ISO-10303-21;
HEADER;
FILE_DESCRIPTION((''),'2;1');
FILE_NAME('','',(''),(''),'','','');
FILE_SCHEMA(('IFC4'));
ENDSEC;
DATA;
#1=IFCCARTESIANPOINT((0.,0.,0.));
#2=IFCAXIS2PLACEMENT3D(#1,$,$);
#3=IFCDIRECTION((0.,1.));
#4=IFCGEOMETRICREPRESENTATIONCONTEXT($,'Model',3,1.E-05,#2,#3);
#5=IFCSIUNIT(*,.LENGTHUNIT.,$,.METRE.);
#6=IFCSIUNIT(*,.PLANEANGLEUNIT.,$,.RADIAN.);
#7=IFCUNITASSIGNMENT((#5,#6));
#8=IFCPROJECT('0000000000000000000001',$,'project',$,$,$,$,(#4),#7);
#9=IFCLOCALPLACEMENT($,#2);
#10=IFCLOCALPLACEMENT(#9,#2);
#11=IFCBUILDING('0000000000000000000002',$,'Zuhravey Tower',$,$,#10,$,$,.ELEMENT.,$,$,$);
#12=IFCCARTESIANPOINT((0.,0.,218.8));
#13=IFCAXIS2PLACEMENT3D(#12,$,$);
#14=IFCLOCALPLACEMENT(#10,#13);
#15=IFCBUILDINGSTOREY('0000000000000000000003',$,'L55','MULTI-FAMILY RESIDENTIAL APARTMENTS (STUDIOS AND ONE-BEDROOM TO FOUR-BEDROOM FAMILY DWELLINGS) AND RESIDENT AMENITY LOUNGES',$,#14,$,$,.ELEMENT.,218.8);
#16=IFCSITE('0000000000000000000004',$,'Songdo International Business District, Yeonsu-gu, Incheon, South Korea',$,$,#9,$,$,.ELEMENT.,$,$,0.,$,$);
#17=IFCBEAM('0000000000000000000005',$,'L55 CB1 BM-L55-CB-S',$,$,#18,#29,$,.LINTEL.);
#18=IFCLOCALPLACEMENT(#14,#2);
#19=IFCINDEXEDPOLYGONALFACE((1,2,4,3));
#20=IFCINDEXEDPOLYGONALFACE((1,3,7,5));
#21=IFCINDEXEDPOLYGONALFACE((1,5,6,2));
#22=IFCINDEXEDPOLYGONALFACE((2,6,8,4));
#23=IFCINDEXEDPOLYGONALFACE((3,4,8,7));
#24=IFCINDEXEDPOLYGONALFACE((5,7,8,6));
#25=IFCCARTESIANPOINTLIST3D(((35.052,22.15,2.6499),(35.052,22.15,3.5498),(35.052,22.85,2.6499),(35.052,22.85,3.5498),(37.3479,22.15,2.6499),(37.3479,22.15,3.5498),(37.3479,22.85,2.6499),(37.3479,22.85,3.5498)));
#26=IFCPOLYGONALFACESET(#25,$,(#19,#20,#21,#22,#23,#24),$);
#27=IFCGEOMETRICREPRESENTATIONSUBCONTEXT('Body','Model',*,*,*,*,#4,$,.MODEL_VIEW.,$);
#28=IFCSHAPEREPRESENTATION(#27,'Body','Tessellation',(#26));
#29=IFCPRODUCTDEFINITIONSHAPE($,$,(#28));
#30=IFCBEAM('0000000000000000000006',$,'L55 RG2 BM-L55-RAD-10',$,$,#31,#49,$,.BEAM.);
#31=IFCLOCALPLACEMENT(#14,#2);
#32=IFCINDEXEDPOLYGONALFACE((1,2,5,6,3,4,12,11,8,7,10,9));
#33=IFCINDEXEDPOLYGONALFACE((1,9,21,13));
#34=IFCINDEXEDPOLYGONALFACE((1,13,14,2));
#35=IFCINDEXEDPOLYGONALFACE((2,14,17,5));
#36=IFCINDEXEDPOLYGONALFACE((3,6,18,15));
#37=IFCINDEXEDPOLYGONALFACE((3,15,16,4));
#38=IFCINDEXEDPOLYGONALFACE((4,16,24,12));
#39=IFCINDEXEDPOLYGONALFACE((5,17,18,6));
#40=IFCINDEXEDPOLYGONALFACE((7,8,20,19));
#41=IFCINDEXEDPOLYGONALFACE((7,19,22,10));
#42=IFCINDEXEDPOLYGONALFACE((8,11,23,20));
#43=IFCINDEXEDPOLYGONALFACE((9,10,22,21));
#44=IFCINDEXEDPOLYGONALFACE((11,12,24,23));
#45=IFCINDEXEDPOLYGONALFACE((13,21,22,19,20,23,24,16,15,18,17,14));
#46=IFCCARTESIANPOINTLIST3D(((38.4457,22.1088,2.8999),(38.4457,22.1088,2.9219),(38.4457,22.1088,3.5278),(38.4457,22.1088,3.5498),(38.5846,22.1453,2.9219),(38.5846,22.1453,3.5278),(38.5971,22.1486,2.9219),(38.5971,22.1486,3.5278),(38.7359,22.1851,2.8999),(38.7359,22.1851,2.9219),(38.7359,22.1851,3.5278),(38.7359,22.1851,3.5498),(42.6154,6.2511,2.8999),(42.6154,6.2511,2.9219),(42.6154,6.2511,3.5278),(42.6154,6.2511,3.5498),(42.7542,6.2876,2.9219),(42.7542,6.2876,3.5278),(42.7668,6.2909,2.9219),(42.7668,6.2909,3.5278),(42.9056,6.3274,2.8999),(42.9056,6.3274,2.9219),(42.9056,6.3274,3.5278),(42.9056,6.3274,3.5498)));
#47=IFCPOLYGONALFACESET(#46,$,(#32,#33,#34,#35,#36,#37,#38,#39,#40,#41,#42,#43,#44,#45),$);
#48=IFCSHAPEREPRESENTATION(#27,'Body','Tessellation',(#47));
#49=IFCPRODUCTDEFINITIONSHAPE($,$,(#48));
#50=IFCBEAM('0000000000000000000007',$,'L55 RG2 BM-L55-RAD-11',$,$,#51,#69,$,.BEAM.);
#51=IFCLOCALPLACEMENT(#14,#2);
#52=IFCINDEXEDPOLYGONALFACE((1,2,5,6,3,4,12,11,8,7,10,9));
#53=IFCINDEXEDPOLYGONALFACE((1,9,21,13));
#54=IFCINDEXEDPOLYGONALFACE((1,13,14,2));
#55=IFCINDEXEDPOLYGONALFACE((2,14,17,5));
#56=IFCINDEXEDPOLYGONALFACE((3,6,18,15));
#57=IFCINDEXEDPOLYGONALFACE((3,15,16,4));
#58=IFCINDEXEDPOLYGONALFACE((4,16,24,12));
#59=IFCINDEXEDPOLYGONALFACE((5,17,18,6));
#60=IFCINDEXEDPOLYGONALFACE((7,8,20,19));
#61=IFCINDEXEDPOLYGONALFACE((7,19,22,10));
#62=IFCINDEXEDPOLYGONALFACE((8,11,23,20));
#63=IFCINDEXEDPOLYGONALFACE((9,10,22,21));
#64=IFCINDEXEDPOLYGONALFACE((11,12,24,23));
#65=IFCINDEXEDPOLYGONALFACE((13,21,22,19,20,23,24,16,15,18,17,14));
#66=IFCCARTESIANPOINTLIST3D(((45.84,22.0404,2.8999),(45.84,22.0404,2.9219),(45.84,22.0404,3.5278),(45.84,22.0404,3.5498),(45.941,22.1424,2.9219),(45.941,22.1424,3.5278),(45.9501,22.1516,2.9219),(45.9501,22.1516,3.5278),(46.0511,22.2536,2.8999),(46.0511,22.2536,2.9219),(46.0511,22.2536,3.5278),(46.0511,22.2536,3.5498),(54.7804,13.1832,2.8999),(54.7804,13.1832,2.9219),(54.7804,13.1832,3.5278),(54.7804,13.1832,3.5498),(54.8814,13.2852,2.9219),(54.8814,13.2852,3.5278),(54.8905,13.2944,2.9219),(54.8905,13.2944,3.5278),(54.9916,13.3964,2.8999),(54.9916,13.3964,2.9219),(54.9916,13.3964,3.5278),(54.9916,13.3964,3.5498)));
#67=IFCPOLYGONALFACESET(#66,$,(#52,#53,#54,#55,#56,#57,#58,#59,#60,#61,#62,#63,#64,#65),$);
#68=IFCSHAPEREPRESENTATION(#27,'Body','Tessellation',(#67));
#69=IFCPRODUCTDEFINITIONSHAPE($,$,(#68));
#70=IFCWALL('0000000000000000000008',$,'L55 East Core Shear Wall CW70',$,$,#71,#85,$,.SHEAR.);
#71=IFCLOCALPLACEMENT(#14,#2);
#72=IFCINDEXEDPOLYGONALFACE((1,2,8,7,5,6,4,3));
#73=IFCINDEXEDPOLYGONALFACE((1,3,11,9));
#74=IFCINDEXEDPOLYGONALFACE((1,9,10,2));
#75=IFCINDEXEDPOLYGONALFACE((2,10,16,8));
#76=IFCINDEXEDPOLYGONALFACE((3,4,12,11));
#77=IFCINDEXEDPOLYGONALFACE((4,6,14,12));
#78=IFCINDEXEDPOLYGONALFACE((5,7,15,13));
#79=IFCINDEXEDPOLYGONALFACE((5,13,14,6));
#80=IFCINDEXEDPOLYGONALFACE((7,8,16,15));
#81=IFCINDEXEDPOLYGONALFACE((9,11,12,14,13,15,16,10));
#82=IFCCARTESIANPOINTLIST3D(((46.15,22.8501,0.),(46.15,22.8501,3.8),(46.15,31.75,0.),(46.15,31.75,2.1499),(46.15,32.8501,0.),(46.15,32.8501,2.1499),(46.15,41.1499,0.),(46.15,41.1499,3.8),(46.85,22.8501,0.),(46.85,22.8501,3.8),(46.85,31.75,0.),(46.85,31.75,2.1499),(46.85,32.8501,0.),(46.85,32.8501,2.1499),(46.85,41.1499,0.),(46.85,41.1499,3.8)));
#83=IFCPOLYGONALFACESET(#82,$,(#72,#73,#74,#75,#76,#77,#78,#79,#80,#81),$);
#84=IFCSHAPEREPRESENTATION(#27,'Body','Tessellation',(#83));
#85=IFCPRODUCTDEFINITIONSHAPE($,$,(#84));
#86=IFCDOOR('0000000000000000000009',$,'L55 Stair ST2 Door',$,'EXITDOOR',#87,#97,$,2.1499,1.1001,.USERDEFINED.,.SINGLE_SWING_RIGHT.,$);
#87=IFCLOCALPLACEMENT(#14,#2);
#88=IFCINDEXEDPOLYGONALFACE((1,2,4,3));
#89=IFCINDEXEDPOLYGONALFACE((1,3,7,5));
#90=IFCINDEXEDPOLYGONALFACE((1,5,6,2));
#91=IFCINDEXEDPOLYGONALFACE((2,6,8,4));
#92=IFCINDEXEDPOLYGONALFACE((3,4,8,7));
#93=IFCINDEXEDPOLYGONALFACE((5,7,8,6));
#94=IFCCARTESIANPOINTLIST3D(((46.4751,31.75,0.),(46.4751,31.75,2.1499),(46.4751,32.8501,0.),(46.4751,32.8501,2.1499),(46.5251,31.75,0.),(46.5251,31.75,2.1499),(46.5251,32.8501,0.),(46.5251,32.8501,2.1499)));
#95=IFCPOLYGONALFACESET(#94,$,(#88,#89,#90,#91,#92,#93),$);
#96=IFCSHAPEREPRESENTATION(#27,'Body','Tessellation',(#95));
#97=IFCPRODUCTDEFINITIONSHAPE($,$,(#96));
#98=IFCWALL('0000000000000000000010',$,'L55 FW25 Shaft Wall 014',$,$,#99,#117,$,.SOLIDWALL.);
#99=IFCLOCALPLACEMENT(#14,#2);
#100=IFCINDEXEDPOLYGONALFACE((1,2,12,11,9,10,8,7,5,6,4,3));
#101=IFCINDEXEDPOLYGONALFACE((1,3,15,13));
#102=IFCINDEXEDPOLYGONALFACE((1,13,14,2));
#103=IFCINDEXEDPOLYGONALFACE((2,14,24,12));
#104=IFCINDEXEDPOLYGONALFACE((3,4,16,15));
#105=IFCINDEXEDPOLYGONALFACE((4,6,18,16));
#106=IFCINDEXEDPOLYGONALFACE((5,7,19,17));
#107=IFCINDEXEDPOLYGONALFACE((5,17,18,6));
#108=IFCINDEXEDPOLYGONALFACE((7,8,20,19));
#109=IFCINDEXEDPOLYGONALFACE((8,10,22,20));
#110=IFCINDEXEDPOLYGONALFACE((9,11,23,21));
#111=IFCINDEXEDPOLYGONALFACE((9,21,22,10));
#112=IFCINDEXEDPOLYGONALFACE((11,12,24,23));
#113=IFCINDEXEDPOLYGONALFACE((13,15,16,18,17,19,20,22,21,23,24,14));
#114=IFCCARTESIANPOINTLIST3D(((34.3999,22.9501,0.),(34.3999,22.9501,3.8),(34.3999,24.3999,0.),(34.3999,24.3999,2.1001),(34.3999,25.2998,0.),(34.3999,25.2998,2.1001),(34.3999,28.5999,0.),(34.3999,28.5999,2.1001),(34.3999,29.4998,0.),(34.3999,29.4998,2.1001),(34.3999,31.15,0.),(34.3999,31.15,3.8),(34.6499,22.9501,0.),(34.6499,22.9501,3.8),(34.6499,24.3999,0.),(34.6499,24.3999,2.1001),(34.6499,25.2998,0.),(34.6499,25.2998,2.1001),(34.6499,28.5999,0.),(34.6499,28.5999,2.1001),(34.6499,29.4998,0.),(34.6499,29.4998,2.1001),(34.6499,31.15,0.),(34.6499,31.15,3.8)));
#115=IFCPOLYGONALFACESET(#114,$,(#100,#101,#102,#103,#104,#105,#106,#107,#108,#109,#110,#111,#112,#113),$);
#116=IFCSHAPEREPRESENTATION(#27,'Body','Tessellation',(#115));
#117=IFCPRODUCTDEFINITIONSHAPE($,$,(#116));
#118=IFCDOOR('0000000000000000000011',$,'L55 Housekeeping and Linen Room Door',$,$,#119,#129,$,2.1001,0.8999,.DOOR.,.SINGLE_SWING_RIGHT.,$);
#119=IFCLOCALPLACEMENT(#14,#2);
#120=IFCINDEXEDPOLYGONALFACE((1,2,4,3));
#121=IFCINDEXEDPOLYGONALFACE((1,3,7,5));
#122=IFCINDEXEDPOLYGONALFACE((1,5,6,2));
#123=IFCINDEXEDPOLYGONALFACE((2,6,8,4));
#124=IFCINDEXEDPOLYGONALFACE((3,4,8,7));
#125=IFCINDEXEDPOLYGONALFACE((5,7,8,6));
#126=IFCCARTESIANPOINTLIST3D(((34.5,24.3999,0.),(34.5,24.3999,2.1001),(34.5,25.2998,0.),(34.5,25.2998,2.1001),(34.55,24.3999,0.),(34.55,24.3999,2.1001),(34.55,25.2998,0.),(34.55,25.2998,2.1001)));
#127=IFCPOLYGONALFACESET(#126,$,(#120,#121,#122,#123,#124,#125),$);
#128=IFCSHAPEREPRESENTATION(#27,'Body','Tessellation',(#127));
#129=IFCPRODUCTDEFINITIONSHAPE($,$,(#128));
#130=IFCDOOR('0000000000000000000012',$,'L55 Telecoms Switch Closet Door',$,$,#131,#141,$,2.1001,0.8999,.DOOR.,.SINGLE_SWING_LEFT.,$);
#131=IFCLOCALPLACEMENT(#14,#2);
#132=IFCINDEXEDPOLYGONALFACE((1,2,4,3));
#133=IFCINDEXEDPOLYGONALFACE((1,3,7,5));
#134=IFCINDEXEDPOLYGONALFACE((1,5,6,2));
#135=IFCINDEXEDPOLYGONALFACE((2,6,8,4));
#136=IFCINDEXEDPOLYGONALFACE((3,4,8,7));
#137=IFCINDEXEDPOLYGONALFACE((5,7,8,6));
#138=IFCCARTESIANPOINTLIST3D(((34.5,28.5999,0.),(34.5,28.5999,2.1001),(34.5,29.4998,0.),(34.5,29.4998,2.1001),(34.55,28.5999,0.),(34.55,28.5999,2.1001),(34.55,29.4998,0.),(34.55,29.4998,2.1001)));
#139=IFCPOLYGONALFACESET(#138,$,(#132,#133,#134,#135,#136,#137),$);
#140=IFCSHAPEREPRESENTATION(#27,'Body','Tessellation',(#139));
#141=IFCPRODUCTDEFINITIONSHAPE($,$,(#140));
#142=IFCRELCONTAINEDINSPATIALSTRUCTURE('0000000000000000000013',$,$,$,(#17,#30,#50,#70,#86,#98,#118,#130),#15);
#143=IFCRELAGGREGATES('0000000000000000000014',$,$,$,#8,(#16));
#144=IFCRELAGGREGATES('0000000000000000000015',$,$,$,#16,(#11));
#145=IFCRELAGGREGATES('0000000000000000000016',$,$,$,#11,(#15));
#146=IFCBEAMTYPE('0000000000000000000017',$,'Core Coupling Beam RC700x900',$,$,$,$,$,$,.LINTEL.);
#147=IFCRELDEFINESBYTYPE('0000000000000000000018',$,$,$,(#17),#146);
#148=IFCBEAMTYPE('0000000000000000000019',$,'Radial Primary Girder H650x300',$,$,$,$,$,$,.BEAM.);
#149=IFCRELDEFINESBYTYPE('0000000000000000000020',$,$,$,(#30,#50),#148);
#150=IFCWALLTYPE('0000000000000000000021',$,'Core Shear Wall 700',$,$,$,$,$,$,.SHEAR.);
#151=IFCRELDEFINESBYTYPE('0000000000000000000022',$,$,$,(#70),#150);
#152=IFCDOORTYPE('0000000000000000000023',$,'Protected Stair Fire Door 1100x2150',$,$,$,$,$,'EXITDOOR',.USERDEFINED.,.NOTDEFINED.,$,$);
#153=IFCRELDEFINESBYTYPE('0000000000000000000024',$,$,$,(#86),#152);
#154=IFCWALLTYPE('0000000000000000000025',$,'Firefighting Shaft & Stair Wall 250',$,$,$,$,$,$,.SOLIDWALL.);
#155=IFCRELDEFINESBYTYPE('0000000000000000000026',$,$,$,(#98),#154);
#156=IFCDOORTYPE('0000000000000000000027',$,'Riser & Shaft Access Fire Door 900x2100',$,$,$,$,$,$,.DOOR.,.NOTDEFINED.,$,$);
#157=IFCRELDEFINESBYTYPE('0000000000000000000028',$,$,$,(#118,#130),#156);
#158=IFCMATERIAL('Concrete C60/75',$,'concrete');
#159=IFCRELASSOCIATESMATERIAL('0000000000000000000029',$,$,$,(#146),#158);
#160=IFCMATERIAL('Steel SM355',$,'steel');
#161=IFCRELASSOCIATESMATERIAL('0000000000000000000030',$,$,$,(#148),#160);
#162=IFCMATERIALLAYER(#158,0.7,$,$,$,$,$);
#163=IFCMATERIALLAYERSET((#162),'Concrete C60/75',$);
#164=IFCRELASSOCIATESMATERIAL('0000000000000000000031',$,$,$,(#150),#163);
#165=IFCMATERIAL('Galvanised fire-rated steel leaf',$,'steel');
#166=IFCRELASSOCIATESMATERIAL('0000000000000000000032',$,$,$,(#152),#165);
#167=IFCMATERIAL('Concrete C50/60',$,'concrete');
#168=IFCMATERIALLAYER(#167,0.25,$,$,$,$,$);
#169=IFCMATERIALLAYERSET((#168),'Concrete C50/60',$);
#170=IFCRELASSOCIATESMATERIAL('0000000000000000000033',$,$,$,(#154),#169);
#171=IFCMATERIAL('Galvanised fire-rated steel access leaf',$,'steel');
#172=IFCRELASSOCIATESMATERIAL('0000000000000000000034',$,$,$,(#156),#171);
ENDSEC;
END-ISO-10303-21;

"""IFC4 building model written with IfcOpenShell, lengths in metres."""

from ifc_helpers import new_model, si_unit, direction, frame, frame_2d, origin, origin_2d, place, context, subcontext, project, spatial, rectangle, i_section, extrude, material, layer, layer_set, material_profile, profile_set, type_object, element, fill, save


model = new_model("IFC4")

# Units and contexts
model_context = context("Model", 3, precision=1e-05, world=origin(), true_north=direction((0.0, 1.0)))
body_context = subcontext(model_context, "Body", "Model", "MODEL_VIEW")
ifc_project = project(units=[si_unit("LENGTHUNIT", "METRE"), si_unit("PLANEANGLEUNIT", "RADIAN")], contexts=[model_context])

# Site, building, storey
site_placement = place(None, origin())
site = spatial("IfcSite", under=ifc_project, at=site_placement, Name="Songdo International Business District, Yeonsu-gu, Incheon, South Korea", CompositionType="ELEMENT", RefElevation=0.0)
building_placement = place(site_placement, origin())
building = spatial("IfcBuilding", under=site, at=building_placement, Name="Zuhravey Tower", CompositionType="ELEMENT")
storey_placement = place(building_placement, frame((0.0, 0.0, 218.8)))
storey = spatial("IfcBuildingStorey", under=building, at=storey_placement, Name="L55", Description="MULTI-FAMILY RESIDENTIAL APARTMENTS (STUDIOS AND ONE-BEDROOM TO FOUR-BEDROOM FAMILY DWELLINGS) AND RESIDENT AMENITY LOUNGES", CompositionType="ELEMENT", Elevation=218.8)

# Beams
ifc_material_1 = material(Name="Concrete C60/75", Category="concrete")
ifc_material_profile_1 = material_profile(ifc_material_1, rectangle(XDim=0.7, YDim=0.8999, at=origin_2d()), Name="RC-700x900")
ifc_profile_set_1 = profile_set([ifc_material_profile_1], Name="Concrete C60/75")
beam_type_1 = type_object("IfcBeamType", Name="Core Coupling Beam RC700x900", PredefinedType="LINTEL", material=ifc_profile_set_1)
beam_1_placement = place(storey_placement, frame((35.052, 22.5, 3.0999), z_axis=(1.0, 0.0, 0.0), x_axis=(0.0, 1.0, 0.0)))
element("IfcBeam", 1, at=beam_1_placement, inside=storey, type_object=beam_type_1, Name="L55 CB1 BM-L55-CB-S", PredefinedType="LINTEL", context=body_context, shape_type="SweptSolid", body=[
    extrude(rectangle(XDim=0.7, YDim=0.8999, at=origin_2d()), origin(), (0.0, 0.0, 1.0), 2.2959),
])
ifc_material_2 = material(Name="Steel SM355", Category="steel")
ifc_material_profile_2 = material_profile(ifc_material_2, i_section(OverallWidth=0.3, OverallDepth=0.6499, WebThickness=0.0129, FlangeThickness=0.022, at=origin_2d()), Name="H-650x300x13x22")
ifc_profile_set_2 = profile_set([ifc_material_profile_2], Name="Steel SM355")
beam_type_2 = type_object("IfcBeamType", Name="Radial Primary Girder H650x300", PredefinedType="BEAM", material=ifc_profile_set_2)
beam_2_placement = place(storey_placement, frame((38.5908, 22.147, 3.2249), z_axis=(0.2543, -0.967125, 0.0), x_axis=(0.967125, 0.2543, 0.0)))
element("IfcBeam", 2, at=beam_2_placement, inside=storey, type_object=beam_type_2, Name="L55 RG2 BM-L55-RAD-10", PredefinedType="BEAM", context=body_context, shape_type="SweptSolid", body=[
    extrude(i_section(OverallWidth=0.3, OverallDepth=0.6499, WebThickness=0.0129, FlangeThickness=0.022, at=origin_2d()), origin(), (0.0, 0.0, 1.0), 16.3967),
])
beam_3_placement = place(storey_placement, frame((45.9456, 22.147, 3.2249), z_axis=(0.710407, -0.703791, 0.0), x_axis=(0.703791, 0.710407, 0.0)))
element("IfcBeam", 3, at=beam_3_placement, inside=storey, type_object=beam_type_2, Name="L55 RG2 BM-L55-RAD-11", PredefinedType="BEAM", context=body_context, shape_type="SweptSolid", body=[
    extrude(i_section(OverallWidth=0.3, OverallDepth=0.6499, WebThickness=0.0129, FlangeThickness=0.022, at=origin_2d()), origin(), (0.0, 0.0, 1.0), 12.585),
])

# Wall, opening, door
ifc_layer_1 = layer(ifc_material_1, 0.7)
ifc_layer_set_1 = layer_set([ifc_layer_1], Name="Concrete C60/75")
wall_type_1 = type_object("IfcWallType", Name="Core Shear Wall 700", PredefinedType="SHEAR", material=ifc_layer_set_1)
ifc_material_3 = material(Name="Galvanised fire-rated steel leaf", Category="steel")
wall_1_placement = place(storey_placement, frame((46.5, 22.8501, 0.0), z_axis=(0.0, 0.0, 1.0), x_axis=(0.0, 1.0, 0.0)))
wall_1 = element("IfcWall", 4, at=wall_1_placement, inside=storey, type_object=wall_type_1, Name="L55 East Core Shear Wall CW70", PredefinedType="SHEAR", context=body_context, shape_type="SweptSolid", body=[
    extrude(rectangle(XDim=18.2998, YDim=0.7, at=frame_2d((9.1499, 0.0))), origin(), (0.0, 0.0, 1.0), 3.8),
])
opening_1_placement = place(wall_1_placement, frame((8.8999, 0.0, 0.0)))
opening_1 = element("IfcOpeningElement", 5, at=opening_1_placement, cuts=wall_1, PredefinedType="OPENING", context=body_context, shape_type="SweptSolid", body=[
    extrude(rectangle(XDim=1.1001, YDim=2.1499, at=frame_2d((0.55, 1.075))), frame((0.0, 0.3621, 0.0), z_axis=(0.0, -1.0, 0.0), x_axis=(1.0, 0.0, 0.0)), (0.0, 0.0, 1.0), 0.7239),
])
door_type_1 = type_object("IfcDoorType", Name="Protected Stair Fire Door 1100x2150", ElementType="EXITDOOR", OperationType="NOTDEFINED", PredefinedType="USERDEFINED", material=ifc_material_3)
door_1_placement = place(opening_1_placement, origin())
door_1 = element("IfcDoor", 6, at=door_1_placement, inside=storey, type_object=door_type_1, Name="L55 Stair ST2 Door", ObjectType="EXITDOOR", OperationType="SINGLE_SWING_RIGHT", OverallHeight=2.1499, OverallWidth=1.1001, PredefinedType="USERDEFINED", context=body_context, shape_type="SweptSolid", body=[
    extrude(rectangle(XDim=1.1001, YDim=2.1499, at=frame_2d((0.55, 1.075))), frame((0.0, 0.0249, 0.0), z_axis=(0.0, -1.0, 0.0), x_axis=(1.0, 0.0, 0.0)), (0.0, 0.0, 1.0), 0.05),
])
fill(opening_1, door_1)
ifc_material_4 = material(Name="Concrete C50/60", Category="concrete")
ifc_layer_2 = layer(ifc_material_4, 0.25)
ifc_layer_set_2 = layer_set([ifc_layer_2], Name="Concrete C50/60")
wall_type_2 = type_object("IfcWallType", Name="Firefighting Shaft & Stair Wall 250", PredefinedType="SOLIDWALL", material=ifc_layer_set_2)

# Wall, openings, doors
wall_2_placement = place(storey_placement, frame((34.5249, 22.95, 0.0), z_axis=(0.0, 0.0, 1.0), x_axis=(0.0, 1.0, 0.0)))
wall_2 = element("IfcWall", 7, at=wall_2_placement, inside=storey, type_object=wall_type_2, Name="L55 FW25 Shaft Wall 014", PredefinedType="SOLIDWALL", context=body_context, shape_type="SweptSolid", body=[
    extrude(rectangle(XDim=8.2, YDim=0.25, at=frame_2d((4.1001, 0.0))), origin(), (0.0, 0.0, 1.0), 3.8),
])
opening_2_placement = place(wall_2_placement, frame((1.45, 0.0, 0.0)))
opening_2 = element("IfcOpeningElement", 8, at=opening_2_placement, cuts=wall_2, PredefinedType="OPENING", context=body_context, shape_type="SweptSolid", body=[
    extrude(rectangle(XDim=0.8999, YDim=2.1001, at=frame_2d((0.45, 1.05))), frame((0.0, 0.137, 0.0), z_axis=(0.0, -1.0, 0.0), x_axis=(1.0, 0.0, 0.0)), (0.0, 0.0, 1.0), 0.2739),
])
opening_3_placement = place(wall_2_placement, frame((5.6499, 0.0, 0.0)))
opening_3 = element("IfcOpeningElement", 9, at=opening_3_placement, cuts=wall_2, PredefinedType="OPENING", context=body_context, shape_type="SweptSolid", body=[
    extrude(rectangle(XDim=0.8999, YDim=2.1001, at=frame_2d((0.45, 1.05))), frame((0.0, 0.137, 0.0), z_axis=(0.0, -1.0, 0.0), x_axis=(1.0, 0.0, 0.0)), (0.0, 0.0, 1.0), 0.2739),
])
ifc_material_5 = material(Name="Galvanised fire-rated steel access leaf", Category="steel")
door_type_2 = type_object("IfcDoorType", Name="Riser & Shaft Access Fire Door 900x2100", OperationType="NOTDEFINED", PredefinedType="DOOR", material=ifc_material_5)
door_2_placement = place(opening_2_placement, origin())
door_2 = element("IfcDoor", 10, at=door_2_placement, inside=storey, type_object=door_type_2, Name="L55 Housekeeping and Linen Room Door", OperationType="SINGLE_SWING_RIGHT", OverallHeight=2.1001, OverallWidth=0.8999, PredefinedType="DOOR", context=body_context, shape_type="SweptSolid", body=[
    extrude(rectangle(XDim=0.8999, YDim=2.1001, at=frame_2d((0.45, 1.05))), frame((0.0, 0.0249, 0.0), z_axis=(0.0, -1.0, 0.0), x_axis=(1.0, 0.0, 0.0)), (0.0, 0.0, 1.0), 0.05),
])
fill(opening_2, door_2)
door_3_placement = place(opening_3_placement, origin())
door_3 = element("IfcDoor", 11, at=door_3_placement, inside=storey, type_object=door_type_2, Name="L55 Telecoms Switch Closet Door", OperationType="SINGLE_SWING_LEFT", OverallHeight=2.1001, OverallWidth=0.8999, PredefinedType="DOOR", context=body_context, shape_type="SweptSolid", body=[
    extrude(rectangle(XDim=0.8999, YDim=2.1001, at=frame_2d((0.45, 1.05))), frame((0.0, 0.0249, 0.0), z_axis=(0.0, -1.0, 0.0), x_axis=(1.0, 0.0, 0.0)), (0.0, 0.0, 1.0), 0.05),
])
fill(opening_3, door_3)

save(model, "model.ifc")
